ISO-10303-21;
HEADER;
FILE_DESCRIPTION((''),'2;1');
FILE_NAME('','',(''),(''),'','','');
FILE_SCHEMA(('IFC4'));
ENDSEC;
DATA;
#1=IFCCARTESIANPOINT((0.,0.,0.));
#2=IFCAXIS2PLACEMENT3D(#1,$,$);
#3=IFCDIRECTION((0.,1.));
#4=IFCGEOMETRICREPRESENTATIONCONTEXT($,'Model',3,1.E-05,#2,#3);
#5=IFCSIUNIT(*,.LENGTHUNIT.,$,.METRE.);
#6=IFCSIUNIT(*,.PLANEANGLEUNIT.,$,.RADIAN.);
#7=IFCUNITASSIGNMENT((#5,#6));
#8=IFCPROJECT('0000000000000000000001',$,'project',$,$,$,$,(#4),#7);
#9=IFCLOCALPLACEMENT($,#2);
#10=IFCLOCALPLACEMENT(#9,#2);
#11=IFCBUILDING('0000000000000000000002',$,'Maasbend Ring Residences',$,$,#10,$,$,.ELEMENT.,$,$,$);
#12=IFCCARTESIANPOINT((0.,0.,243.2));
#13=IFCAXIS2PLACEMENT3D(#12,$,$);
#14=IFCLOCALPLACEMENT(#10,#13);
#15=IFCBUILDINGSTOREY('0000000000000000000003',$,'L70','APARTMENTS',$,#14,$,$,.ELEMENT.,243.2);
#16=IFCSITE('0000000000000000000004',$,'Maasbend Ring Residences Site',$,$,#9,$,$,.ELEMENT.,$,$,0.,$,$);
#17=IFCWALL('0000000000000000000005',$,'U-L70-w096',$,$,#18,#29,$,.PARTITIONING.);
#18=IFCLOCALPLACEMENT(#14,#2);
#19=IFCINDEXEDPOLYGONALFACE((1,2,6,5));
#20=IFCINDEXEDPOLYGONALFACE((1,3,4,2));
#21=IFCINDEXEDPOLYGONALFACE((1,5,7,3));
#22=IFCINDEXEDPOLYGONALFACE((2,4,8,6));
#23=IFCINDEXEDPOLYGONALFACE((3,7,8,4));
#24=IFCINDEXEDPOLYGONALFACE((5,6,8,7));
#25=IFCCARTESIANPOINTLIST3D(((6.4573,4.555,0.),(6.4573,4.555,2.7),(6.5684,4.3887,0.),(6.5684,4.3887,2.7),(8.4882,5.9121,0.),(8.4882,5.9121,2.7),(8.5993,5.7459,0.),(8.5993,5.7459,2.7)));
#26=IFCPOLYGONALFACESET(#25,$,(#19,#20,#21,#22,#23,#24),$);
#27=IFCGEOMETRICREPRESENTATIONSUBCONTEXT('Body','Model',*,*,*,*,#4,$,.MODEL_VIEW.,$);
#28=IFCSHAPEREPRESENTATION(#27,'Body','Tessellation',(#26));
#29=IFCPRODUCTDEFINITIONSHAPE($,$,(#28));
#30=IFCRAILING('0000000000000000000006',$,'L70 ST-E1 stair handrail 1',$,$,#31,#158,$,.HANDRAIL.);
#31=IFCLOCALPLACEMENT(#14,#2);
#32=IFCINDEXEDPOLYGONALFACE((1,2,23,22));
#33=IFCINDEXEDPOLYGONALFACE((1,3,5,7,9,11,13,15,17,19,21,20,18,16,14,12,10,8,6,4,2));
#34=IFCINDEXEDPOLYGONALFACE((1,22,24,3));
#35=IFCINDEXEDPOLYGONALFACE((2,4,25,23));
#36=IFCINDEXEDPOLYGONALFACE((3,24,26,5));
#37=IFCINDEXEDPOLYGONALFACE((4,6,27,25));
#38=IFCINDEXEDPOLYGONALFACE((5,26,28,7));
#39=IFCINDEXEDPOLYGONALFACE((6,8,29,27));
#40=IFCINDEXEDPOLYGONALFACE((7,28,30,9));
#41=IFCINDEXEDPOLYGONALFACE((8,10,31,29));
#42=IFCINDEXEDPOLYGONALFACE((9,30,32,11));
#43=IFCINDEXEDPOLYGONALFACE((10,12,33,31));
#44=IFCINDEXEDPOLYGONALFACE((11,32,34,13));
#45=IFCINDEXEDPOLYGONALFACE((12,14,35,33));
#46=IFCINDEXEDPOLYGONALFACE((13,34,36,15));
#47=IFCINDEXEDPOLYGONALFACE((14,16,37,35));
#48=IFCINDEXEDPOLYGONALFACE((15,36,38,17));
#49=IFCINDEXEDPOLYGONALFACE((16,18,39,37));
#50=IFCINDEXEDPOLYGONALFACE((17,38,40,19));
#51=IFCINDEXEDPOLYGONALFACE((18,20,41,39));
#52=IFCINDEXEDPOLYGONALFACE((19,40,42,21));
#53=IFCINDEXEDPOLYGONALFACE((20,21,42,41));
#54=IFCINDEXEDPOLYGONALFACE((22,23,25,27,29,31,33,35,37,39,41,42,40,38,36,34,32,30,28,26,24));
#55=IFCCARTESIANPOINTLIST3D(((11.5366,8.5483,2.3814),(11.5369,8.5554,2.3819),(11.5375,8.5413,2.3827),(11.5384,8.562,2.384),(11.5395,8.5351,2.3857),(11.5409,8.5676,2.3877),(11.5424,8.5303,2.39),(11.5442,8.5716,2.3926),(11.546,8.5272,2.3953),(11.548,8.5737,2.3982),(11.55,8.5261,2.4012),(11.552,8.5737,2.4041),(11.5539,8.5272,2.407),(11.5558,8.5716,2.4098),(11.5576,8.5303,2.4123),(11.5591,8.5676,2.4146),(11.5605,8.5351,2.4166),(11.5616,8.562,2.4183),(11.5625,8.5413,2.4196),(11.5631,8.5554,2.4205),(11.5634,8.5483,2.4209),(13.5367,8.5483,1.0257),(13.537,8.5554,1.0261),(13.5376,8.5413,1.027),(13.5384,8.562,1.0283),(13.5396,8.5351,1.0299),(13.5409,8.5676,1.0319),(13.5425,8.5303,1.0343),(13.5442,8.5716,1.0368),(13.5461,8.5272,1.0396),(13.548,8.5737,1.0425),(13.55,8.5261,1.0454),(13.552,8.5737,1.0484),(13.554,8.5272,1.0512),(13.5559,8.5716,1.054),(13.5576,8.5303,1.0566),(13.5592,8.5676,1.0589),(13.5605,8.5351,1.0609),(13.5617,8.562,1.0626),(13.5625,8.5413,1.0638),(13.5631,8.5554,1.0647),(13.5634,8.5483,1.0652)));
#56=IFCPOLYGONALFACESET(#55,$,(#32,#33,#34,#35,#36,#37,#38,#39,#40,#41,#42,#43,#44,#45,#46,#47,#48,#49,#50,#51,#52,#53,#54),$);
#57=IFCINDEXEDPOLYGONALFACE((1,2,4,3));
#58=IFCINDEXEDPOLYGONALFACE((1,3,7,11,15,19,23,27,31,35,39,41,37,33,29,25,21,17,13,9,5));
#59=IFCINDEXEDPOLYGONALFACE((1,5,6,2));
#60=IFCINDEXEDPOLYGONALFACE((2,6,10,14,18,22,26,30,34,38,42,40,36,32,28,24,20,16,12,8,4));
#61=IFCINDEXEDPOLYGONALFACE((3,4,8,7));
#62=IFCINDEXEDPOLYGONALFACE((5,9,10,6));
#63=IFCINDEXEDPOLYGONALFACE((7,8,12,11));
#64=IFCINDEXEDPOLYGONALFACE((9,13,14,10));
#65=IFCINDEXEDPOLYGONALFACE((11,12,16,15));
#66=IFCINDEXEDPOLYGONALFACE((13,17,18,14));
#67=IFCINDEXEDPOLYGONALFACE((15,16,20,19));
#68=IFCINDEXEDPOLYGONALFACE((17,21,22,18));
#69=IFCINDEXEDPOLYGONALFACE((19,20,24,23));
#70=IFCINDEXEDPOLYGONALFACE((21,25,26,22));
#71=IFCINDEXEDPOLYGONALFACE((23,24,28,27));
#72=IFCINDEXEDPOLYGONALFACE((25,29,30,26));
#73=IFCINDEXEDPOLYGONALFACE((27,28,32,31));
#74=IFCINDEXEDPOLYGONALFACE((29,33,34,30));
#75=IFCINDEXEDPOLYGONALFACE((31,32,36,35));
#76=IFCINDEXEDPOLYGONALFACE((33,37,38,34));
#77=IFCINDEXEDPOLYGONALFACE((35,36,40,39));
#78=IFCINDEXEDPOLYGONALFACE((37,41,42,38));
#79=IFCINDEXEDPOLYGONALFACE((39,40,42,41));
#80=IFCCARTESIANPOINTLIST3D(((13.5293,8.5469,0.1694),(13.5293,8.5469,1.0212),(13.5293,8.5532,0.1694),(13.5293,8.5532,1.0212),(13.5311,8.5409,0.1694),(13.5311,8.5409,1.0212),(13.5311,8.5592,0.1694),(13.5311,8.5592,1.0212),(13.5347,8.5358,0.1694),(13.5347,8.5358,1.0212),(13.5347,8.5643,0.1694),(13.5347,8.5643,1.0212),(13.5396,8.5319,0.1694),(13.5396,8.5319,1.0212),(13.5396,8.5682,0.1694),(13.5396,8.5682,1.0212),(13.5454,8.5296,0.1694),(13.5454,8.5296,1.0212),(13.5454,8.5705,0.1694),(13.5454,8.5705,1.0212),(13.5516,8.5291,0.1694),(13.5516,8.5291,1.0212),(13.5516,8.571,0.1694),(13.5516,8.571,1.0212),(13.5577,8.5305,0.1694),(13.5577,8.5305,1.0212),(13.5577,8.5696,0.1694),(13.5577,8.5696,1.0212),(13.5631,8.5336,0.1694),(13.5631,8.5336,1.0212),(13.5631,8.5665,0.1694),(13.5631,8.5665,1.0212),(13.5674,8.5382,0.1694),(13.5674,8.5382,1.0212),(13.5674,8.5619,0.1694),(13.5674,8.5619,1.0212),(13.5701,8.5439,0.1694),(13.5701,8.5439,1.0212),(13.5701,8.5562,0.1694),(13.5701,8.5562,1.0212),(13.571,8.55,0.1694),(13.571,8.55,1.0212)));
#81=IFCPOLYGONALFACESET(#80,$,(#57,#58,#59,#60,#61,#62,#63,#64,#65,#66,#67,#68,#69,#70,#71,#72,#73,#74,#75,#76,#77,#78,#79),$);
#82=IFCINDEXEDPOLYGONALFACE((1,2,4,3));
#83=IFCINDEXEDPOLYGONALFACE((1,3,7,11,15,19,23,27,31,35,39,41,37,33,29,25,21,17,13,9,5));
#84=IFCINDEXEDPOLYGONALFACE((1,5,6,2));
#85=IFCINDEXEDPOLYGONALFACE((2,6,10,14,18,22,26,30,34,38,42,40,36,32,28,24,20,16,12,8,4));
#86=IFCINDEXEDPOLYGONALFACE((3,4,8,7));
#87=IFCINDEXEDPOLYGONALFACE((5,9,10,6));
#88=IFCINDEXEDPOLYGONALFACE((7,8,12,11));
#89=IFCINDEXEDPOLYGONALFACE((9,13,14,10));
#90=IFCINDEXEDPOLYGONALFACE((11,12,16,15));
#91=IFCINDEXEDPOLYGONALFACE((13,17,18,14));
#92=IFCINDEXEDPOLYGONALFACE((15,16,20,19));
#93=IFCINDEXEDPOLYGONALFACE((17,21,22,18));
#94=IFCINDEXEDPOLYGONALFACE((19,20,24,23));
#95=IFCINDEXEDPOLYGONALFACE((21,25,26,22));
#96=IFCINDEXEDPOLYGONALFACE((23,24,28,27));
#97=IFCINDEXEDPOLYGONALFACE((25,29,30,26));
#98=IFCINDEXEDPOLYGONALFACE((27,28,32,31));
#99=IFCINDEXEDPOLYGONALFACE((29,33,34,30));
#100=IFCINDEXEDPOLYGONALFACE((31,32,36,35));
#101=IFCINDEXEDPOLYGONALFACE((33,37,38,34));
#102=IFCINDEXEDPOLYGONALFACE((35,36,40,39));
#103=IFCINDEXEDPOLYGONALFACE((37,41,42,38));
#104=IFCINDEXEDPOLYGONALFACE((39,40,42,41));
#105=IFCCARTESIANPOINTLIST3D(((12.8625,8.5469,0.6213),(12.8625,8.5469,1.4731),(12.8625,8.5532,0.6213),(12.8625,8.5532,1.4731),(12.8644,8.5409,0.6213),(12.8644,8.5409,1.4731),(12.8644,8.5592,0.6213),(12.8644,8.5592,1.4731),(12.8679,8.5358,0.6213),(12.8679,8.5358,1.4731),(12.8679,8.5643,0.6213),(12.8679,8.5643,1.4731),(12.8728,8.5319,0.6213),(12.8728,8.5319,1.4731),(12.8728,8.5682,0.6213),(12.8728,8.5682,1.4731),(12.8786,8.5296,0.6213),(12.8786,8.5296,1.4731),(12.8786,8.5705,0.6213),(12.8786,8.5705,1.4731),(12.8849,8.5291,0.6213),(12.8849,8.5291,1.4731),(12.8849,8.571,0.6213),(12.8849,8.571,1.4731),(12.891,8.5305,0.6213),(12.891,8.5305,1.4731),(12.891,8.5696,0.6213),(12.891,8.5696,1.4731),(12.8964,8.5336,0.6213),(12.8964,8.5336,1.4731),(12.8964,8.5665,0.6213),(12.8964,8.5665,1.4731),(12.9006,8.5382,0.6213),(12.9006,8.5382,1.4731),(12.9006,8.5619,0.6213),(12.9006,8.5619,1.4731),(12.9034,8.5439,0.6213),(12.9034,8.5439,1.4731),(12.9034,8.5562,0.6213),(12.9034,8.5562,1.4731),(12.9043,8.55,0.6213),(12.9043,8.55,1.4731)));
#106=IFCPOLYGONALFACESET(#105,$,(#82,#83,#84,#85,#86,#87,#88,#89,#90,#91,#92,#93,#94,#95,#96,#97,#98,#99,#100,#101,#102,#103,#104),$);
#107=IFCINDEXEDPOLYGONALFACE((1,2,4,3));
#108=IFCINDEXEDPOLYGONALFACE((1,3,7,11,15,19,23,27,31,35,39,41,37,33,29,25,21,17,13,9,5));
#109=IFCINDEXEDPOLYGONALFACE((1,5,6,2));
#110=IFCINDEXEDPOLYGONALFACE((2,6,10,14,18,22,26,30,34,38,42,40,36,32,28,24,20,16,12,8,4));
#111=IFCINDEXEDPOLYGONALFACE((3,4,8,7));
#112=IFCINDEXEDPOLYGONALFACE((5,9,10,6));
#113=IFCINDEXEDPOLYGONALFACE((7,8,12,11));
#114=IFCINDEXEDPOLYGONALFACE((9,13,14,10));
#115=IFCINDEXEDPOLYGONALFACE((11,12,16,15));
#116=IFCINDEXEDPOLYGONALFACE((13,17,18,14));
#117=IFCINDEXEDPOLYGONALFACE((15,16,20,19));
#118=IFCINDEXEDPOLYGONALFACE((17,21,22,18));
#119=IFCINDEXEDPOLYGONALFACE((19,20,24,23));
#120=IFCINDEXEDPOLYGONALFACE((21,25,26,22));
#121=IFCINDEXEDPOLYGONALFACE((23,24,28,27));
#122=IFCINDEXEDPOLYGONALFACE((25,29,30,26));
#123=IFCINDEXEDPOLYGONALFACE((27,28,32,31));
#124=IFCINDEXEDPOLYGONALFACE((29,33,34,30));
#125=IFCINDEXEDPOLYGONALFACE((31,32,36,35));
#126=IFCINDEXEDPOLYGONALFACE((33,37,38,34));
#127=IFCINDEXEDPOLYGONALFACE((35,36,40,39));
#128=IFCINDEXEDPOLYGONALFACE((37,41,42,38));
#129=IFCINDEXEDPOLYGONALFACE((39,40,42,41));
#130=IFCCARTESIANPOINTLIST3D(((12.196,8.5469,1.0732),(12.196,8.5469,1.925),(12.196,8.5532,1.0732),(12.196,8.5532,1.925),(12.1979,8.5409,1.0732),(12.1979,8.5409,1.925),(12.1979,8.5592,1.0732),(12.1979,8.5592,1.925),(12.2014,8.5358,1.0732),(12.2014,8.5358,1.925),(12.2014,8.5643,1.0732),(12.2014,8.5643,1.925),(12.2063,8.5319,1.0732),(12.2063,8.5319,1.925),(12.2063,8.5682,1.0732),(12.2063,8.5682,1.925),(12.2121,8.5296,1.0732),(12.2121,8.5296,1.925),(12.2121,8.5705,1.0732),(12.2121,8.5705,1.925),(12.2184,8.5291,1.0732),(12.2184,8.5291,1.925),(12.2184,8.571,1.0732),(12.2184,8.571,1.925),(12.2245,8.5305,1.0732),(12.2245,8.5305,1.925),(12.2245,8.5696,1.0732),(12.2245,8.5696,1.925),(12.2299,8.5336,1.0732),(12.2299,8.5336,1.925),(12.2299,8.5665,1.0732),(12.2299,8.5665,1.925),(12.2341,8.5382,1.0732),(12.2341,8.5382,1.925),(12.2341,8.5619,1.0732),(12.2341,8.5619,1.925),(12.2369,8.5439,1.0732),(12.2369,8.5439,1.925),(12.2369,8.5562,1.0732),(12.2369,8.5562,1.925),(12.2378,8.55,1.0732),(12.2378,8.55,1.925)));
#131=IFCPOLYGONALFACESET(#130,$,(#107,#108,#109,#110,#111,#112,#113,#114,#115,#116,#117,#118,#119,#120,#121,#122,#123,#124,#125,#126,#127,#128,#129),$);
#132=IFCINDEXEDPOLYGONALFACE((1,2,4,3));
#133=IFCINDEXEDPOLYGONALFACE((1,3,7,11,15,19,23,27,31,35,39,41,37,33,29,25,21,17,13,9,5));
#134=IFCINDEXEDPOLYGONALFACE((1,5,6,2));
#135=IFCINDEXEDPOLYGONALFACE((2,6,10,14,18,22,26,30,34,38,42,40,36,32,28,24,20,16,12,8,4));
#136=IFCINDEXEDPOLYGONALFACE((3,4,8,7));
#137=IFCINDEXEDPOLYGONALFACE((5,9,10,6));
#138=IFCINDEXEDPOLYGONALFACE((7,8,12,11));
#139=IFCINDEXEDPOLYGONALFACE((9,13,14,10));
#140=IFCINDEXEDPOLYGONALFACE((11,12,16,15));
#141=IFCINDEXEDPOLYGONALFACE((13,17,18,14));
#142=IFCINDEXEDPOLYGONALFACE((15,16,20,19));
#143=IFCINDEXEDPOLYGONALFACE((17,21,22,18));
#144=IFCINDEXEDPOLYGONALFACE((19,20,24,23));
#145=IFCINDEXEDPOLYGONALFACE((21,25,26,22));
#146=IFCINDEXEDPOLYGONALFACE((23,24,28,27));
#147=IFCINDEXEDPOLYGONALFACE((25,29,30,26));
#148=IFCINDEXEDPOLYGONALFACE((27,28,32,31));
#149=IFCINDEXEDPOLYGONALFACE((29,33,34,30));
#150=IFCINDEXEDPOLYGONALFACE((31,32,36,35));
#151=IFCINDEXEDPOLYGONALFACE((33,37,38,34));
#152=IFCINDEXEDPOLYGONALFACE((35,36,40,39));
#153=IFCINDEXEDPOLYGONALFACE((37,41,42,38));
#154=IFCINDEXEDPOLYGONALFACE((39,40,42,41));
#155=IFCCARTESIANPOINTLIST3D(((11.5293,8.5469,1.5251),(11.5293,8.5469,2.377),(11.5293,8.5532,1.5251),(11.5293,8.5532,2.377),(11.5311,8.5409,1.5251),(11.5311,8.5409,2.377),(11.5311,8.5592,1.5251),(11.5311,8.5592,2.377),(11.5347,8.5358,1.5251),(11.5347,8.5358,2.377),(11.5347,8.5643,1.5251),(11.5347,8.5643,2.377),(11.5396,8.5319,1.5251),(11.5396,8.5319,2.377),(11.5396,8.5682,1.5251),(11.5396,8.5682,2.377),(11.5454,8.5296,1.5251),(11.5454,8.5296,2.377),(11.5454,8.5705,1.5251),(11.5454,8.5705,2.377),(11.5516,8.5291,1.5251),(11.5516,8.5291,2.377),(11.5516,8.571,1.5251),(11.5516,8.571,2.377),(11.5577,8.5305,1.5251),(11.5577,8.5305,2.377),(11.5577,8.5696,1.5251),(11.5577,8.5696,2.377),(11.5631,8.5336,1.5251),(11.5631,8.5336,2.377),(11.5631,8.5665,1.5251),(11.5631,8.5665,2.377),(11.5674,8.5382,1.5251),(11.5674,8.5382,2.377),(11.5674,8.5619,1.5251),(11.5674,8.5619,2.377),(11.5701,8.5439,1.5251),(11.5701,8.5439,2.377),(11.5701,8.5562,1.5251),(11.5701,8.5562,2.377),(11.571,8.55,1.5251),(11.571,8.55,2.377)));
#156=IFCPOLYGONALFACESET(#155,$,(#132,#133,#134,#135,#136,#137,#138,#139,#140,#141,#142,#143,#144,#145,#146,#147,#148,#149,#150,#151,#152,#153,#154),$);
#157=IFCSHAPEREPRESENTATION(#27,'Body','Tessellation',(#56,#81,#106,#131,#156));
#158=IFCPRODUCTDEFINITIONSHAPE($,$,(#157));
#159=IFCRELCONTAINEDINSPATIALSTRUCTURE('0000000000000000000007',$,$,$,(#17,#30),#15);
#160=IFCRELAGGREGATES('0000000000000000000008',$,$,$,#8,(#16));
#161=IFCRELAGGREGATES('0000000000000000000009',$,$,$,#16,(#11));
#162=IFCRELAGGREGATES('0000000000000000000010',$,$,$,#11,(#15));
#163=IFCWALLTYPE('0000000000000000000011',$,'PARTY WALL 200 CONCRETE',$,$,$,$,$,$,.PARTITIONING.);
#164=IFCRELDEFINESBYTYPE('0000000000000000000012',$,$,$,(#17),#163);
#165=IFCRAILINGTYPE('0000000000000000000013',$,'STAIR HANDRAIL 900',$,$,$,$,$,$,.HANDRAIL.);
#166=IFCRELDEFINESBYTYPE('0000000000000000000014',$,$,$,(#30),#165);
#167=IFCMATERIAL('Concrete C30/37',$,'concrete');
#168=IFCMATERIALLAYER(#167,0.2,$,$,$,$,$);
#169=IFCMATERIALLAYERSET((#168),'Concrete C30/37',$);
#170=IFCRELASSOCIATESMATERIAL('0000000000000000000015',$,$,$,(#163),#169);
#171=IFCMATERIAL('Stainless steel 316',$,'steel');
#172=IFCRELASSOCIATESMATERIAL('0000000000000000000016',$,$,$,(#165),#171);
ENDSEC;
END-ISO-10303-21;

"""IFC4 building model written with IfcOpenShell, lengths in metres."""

from ifc_helpers import new_model, si_unit, direction, frame, frame_2d, origin, origin_2d, place, context, subcontext, project, spatial, rectangle, circle, extrude, material, layer, layer_set, type_object, element, save


model = new_model("IFC4")

# Units and contexts
model_context = context("Model", 3, precision=1e-05, world=origin(), true_north=direction((0.0, 1.0)))
body_context = subcontext(model_context, "Body", "Model", "MODEL_VIEW")
ifc_project = project(units=[si_unit("LENGTHUNIT", "METRE"), si_unit("PLANEANGLEUNIT", "RADIAN")], contexts=[model_context])

# Site, building, storey
site_placement = place(None, origin())
site = spatial("IfcSite", under=ifc_project, at=site_placement, Name="Maasbend Ring Residences Site", CompositionType="ELEMENT", RefElevation=0.0)
building_placement = place(site_placement, origin())
building = spatial("IfcBuilding", under=site, at=building_placement, Name="Maasbend Ring Residences", CompositionType="ELEMENT")
storey_placement = place(building_placement, frame((0.0, 0.0, 243.2)))
storey = spatial("IfcBuildingStorey", under=building, at=storey_placement, Name="L70", Description="APARTMENTS", CompositionType="ELEMENT", Elevation=243.2)

# Wall
ifc_material_1 = material(Name="Concrete C30/37", Category="concrete")
ifc_layer_1 = layer(ifc_material_1, 0.2)
ifc_layer_set_1 = layer_set([ifc_layer_1], Name="Concrete C30/37")
wall_type_1 = type_object("IfcWallType", Name="PARTY WALL 200 CONCRETE", PredefinedType="PARTITIONING", material=ifc_layer_set_1)
wall_1_placement = place(storey_placement, frame((6.5129, 4.4719, 0.0), z_axis=(0.0, 0.0, 1.0), x_axis=(0.83145, 0.555599, 0.0)))
element("IfcWall", 1, at=wall_1_placement, inside=storey, type_object=wall_type_1, Name="U-L70-w096", PredefinedType="PARTITIONING", context=body_context, shape_type="SweptSolid", body=[
    extrude(rectangle(XDim=2.4426, YDim=0.2, at=frame_2d((1.2212, 0.0))), origin(), (0.0, 0.0, 1.0), 2.7),
])

# Railing
ifc_material_2 = material(Name="Stainless steel 316", Category="steel")
railing_type_1 = type_object("IfcRailingType", Name="STAIR HANDRAIL 900", PredefinedType="HANDRAIL", material=ifc_material_2)
railing_1_placement = place(storey_placement, frame((13.55, 8.55, 0.1694)))
element("IfcRailing", 2, at=railing_1_placement, inside=storey, type_object=railing_type_1, Name="L70 ST-E1 stair handrail 1", PredefinedType="HANDRAIL", context=body_context, shape_type="SweptSolid", body=[
    extrude(circle(Radius=0.0239, at=origin_2d()), frame((0.0, 0.0, 0.876), z_axis=(-0.827751, 0.0, 0.561096), x_axis=(0.0, -1.0, 0.0)), (0.0, 0.0, 1.0), 2.4163),
    extrude(circle(Radius=0.021, at=origin_2d()), origin(), (0.0, 0.0, 1.0), 0.8518),
    extrude(circle(Radius=0.021, at=origin_2d()), frame((-0.6667, 0.0, 0.4519)), (0.0, 0.0, 1.0), 0.8518),
    extrude(circle(Radius=0.021, at=origin_2d()), frame((-1.3333, 0.0, 0.9038)), (0.0, 0.0, 1.0), 0.8518),
    extrude(circle(Radius=0.021, at=origin_2d()), frame((-2.0, 0.0, 1.3557)), (0.0, 0.0, 1.0), 0.8518),
])

save(model, "model.ifc")
